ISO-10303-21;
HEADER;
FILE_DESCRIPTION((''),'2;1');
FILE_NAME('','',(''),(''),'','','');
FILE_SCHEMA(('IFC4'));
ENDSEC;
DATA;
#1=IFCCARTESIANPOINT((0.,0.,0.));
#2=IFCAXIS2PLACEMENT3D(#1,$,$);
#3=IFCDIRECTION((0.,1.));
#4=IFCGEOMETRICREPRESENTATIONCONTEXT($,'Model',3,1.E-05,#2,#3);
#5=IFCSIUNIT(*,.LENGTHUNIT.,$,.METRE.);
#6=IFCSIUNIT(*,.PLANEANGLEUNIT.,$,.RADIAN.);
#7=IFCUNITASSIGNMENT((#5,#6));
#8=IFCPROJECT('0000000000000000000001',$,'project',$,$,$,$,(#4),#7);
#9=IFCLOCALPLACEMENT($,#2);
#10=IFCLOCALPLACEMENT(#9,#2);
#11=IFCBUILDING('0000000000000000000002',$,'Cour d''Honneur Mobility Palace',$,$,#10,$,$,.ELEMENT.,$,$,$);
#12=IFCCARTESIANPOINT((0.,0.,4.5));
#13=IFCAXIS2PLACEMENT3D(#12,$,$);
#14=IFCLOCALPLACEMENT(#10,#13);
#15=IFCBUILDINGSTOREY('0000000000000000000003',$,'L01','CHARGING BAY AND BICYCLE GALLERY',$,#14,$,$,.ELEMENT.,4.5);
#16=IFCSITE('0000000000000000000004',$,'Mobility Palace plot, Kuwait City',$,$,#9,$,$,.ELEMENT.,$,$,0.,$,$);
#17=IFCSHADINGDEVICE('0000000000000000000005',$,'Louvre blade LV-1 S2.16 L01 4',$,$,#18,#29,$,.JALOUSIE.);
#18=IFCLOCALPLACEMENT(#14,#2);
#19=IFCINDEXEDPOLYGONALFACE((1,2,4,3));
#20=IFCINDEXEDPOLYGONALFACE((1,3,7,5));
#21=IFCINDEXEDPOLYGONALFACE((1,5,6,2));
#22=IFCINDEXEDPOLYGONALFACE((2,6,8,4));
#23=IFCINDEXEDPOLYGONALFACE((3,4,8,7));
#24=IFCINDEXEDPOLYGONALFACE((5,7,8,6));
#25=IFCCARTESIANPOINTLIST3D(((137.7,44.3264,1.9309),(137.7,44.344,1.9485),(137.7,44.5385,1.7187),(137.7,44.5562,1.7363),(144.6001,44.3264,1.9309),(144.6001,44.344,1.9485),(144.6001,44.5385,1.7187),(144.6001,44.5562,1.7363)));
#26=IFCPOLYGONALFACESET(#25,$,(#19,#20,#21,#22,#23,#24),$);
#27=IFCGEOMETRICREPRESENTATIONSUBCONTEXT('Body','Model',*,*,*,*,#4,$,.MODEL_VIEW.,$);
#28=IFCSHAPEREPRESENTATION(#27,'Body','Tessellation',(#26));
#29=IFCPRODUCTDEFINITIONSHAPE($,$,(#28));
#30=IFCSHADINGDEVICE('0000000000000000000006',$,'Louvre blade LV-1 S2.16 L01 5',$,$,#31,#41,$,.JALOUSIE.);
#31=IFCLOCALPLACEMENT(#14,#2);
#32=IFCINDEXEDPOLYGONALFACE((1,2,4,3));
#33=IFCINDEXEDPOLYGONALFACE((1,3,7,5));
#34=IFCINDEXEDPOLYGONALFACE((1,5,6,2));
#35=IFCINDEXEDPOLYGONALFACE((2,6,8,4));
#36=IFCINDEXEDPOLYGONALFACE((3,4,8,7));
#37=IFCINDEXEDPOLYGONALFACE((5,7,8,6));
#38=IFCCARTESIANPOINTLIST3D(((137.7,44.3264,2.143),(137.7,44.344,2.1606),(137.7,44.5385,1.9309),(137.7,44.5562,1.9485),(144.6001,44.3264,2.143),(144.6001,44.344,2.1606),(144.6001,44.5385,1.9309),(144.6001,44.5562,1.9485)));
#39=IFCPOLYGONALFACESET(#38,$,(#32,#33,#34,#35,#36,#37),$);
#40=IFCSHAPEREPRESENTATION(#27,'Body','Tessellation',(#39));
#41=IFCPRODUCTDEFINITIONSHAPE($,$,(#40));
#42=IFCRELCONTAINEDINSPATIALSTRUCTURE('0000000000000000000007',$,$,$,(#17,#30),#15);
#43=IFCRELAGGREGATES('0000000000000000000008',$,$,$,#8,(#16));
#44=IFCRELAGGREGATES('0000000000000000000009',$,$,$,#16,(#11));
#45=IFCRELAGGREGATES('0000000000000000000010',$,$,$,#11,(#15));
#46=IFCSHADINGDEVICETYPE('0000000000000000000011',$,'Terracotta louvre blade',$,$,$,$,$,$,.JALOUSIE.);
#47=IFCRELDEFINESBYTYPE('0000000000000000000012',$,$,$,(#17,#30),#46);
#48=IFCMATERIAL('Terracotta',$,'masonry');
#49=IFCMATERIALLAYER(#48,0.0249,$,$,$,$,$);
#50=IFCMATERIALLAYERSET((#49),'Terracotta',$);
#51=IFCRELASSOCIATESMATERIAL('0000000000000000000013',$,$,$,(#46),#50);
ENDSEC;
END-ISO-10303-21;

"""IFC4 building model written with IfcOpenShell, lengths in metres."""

from ifc_helpers import new_model, si_unit, direction, frame, origin, place, context, subcontext, project, spatial, polyline, outline, extrude, material, layer, layer_set, type_object, element, save


model = new_model("IFC4")

# Units and contexts
model_context = context("Model", 3, precision=1e-05, world=origin(), true_north=direction((0.0, 1.0)))
body_context = subcontext(model_context, "Body", "Model", "MODEL_VIEW")
ifc_project = project(units=[si_unit("LENGTHUNIT", "METRE"), si_unit("PLANEANGLEUNIT", "RADIAN")], contexts=[model_context])

# Site, building, storey
site_placement = place(None, origin())
site = spatial("IfcSite", under=ifc_project, at=site_placement, Name="Mobility Palace plot, Kuwait City", CompositionType="ELEMENT", RefElevation=0.0)
building_placement = place(site_placement, origin())
building = spatial("IfcBuilding", under=site, at=building_placement, Name="Cour d'Honneur Mobility Palace", CompositionType="ELEMENT")
storey_placement = place(building_placement, frame((0.0, 0.0, 4.5)))
storey = spatial("IfcBuildingStorey", under=building, at=storey_placement, Name="L01", Description="CHARGING BAY AND BICYCLE GALLERY", CompositionType="ELEMENT", Elevation=4.5)

# Shading devices
ifc_material_1 = material(Name="Terracotta", Category="masonry")
ifc_layer_1 = layer(ifc_material_1, 0.0249)
ifc_layer_set_1 = layer_set([ifc_layer_1], Name="Terracotta")
shading_device_type = type_object("IfcShadingDeviceType", Name="Terracotta louvre blade", PredefinedType="JALOUSIE", material=ifc_layer_set_1)
for number, where, z_axis, x_axis, name in (
    (1, (137.7, 44.5562, 1.7363), (0.0, 0.707107, 0.707107), (1.0, 0.0, 0.0), "Louvre blade LV-1 S2.16 L01 4"),
    (2, (137.7, 44.5562, 1.9485), (0.0, 0.707107, 0.707107), (1.0, 0.0, 0.0), "Louvre blade LV-1 S2.16 L01 5"),
):
    element("IfcShadingDevice", number, at=place(storey_placement, frame(where, z_axis=z_axis, x_axis=x_axis)), inside=storey, type_object=shading_device_type, Name=name, PredefinedType="JALOUSIE", context=body_context, shape_type="SweptSolid", body=[
        extrude(outline(polyline([(0.0, 0.0), (6.9001, 0.0), (6.9001, -0.3), (0.0, -0.3), (0.0, 0.0)])), origin(), (0.0, 0.0, -1.0), 0.0249),
    ])

save(model, "model.ifc")
